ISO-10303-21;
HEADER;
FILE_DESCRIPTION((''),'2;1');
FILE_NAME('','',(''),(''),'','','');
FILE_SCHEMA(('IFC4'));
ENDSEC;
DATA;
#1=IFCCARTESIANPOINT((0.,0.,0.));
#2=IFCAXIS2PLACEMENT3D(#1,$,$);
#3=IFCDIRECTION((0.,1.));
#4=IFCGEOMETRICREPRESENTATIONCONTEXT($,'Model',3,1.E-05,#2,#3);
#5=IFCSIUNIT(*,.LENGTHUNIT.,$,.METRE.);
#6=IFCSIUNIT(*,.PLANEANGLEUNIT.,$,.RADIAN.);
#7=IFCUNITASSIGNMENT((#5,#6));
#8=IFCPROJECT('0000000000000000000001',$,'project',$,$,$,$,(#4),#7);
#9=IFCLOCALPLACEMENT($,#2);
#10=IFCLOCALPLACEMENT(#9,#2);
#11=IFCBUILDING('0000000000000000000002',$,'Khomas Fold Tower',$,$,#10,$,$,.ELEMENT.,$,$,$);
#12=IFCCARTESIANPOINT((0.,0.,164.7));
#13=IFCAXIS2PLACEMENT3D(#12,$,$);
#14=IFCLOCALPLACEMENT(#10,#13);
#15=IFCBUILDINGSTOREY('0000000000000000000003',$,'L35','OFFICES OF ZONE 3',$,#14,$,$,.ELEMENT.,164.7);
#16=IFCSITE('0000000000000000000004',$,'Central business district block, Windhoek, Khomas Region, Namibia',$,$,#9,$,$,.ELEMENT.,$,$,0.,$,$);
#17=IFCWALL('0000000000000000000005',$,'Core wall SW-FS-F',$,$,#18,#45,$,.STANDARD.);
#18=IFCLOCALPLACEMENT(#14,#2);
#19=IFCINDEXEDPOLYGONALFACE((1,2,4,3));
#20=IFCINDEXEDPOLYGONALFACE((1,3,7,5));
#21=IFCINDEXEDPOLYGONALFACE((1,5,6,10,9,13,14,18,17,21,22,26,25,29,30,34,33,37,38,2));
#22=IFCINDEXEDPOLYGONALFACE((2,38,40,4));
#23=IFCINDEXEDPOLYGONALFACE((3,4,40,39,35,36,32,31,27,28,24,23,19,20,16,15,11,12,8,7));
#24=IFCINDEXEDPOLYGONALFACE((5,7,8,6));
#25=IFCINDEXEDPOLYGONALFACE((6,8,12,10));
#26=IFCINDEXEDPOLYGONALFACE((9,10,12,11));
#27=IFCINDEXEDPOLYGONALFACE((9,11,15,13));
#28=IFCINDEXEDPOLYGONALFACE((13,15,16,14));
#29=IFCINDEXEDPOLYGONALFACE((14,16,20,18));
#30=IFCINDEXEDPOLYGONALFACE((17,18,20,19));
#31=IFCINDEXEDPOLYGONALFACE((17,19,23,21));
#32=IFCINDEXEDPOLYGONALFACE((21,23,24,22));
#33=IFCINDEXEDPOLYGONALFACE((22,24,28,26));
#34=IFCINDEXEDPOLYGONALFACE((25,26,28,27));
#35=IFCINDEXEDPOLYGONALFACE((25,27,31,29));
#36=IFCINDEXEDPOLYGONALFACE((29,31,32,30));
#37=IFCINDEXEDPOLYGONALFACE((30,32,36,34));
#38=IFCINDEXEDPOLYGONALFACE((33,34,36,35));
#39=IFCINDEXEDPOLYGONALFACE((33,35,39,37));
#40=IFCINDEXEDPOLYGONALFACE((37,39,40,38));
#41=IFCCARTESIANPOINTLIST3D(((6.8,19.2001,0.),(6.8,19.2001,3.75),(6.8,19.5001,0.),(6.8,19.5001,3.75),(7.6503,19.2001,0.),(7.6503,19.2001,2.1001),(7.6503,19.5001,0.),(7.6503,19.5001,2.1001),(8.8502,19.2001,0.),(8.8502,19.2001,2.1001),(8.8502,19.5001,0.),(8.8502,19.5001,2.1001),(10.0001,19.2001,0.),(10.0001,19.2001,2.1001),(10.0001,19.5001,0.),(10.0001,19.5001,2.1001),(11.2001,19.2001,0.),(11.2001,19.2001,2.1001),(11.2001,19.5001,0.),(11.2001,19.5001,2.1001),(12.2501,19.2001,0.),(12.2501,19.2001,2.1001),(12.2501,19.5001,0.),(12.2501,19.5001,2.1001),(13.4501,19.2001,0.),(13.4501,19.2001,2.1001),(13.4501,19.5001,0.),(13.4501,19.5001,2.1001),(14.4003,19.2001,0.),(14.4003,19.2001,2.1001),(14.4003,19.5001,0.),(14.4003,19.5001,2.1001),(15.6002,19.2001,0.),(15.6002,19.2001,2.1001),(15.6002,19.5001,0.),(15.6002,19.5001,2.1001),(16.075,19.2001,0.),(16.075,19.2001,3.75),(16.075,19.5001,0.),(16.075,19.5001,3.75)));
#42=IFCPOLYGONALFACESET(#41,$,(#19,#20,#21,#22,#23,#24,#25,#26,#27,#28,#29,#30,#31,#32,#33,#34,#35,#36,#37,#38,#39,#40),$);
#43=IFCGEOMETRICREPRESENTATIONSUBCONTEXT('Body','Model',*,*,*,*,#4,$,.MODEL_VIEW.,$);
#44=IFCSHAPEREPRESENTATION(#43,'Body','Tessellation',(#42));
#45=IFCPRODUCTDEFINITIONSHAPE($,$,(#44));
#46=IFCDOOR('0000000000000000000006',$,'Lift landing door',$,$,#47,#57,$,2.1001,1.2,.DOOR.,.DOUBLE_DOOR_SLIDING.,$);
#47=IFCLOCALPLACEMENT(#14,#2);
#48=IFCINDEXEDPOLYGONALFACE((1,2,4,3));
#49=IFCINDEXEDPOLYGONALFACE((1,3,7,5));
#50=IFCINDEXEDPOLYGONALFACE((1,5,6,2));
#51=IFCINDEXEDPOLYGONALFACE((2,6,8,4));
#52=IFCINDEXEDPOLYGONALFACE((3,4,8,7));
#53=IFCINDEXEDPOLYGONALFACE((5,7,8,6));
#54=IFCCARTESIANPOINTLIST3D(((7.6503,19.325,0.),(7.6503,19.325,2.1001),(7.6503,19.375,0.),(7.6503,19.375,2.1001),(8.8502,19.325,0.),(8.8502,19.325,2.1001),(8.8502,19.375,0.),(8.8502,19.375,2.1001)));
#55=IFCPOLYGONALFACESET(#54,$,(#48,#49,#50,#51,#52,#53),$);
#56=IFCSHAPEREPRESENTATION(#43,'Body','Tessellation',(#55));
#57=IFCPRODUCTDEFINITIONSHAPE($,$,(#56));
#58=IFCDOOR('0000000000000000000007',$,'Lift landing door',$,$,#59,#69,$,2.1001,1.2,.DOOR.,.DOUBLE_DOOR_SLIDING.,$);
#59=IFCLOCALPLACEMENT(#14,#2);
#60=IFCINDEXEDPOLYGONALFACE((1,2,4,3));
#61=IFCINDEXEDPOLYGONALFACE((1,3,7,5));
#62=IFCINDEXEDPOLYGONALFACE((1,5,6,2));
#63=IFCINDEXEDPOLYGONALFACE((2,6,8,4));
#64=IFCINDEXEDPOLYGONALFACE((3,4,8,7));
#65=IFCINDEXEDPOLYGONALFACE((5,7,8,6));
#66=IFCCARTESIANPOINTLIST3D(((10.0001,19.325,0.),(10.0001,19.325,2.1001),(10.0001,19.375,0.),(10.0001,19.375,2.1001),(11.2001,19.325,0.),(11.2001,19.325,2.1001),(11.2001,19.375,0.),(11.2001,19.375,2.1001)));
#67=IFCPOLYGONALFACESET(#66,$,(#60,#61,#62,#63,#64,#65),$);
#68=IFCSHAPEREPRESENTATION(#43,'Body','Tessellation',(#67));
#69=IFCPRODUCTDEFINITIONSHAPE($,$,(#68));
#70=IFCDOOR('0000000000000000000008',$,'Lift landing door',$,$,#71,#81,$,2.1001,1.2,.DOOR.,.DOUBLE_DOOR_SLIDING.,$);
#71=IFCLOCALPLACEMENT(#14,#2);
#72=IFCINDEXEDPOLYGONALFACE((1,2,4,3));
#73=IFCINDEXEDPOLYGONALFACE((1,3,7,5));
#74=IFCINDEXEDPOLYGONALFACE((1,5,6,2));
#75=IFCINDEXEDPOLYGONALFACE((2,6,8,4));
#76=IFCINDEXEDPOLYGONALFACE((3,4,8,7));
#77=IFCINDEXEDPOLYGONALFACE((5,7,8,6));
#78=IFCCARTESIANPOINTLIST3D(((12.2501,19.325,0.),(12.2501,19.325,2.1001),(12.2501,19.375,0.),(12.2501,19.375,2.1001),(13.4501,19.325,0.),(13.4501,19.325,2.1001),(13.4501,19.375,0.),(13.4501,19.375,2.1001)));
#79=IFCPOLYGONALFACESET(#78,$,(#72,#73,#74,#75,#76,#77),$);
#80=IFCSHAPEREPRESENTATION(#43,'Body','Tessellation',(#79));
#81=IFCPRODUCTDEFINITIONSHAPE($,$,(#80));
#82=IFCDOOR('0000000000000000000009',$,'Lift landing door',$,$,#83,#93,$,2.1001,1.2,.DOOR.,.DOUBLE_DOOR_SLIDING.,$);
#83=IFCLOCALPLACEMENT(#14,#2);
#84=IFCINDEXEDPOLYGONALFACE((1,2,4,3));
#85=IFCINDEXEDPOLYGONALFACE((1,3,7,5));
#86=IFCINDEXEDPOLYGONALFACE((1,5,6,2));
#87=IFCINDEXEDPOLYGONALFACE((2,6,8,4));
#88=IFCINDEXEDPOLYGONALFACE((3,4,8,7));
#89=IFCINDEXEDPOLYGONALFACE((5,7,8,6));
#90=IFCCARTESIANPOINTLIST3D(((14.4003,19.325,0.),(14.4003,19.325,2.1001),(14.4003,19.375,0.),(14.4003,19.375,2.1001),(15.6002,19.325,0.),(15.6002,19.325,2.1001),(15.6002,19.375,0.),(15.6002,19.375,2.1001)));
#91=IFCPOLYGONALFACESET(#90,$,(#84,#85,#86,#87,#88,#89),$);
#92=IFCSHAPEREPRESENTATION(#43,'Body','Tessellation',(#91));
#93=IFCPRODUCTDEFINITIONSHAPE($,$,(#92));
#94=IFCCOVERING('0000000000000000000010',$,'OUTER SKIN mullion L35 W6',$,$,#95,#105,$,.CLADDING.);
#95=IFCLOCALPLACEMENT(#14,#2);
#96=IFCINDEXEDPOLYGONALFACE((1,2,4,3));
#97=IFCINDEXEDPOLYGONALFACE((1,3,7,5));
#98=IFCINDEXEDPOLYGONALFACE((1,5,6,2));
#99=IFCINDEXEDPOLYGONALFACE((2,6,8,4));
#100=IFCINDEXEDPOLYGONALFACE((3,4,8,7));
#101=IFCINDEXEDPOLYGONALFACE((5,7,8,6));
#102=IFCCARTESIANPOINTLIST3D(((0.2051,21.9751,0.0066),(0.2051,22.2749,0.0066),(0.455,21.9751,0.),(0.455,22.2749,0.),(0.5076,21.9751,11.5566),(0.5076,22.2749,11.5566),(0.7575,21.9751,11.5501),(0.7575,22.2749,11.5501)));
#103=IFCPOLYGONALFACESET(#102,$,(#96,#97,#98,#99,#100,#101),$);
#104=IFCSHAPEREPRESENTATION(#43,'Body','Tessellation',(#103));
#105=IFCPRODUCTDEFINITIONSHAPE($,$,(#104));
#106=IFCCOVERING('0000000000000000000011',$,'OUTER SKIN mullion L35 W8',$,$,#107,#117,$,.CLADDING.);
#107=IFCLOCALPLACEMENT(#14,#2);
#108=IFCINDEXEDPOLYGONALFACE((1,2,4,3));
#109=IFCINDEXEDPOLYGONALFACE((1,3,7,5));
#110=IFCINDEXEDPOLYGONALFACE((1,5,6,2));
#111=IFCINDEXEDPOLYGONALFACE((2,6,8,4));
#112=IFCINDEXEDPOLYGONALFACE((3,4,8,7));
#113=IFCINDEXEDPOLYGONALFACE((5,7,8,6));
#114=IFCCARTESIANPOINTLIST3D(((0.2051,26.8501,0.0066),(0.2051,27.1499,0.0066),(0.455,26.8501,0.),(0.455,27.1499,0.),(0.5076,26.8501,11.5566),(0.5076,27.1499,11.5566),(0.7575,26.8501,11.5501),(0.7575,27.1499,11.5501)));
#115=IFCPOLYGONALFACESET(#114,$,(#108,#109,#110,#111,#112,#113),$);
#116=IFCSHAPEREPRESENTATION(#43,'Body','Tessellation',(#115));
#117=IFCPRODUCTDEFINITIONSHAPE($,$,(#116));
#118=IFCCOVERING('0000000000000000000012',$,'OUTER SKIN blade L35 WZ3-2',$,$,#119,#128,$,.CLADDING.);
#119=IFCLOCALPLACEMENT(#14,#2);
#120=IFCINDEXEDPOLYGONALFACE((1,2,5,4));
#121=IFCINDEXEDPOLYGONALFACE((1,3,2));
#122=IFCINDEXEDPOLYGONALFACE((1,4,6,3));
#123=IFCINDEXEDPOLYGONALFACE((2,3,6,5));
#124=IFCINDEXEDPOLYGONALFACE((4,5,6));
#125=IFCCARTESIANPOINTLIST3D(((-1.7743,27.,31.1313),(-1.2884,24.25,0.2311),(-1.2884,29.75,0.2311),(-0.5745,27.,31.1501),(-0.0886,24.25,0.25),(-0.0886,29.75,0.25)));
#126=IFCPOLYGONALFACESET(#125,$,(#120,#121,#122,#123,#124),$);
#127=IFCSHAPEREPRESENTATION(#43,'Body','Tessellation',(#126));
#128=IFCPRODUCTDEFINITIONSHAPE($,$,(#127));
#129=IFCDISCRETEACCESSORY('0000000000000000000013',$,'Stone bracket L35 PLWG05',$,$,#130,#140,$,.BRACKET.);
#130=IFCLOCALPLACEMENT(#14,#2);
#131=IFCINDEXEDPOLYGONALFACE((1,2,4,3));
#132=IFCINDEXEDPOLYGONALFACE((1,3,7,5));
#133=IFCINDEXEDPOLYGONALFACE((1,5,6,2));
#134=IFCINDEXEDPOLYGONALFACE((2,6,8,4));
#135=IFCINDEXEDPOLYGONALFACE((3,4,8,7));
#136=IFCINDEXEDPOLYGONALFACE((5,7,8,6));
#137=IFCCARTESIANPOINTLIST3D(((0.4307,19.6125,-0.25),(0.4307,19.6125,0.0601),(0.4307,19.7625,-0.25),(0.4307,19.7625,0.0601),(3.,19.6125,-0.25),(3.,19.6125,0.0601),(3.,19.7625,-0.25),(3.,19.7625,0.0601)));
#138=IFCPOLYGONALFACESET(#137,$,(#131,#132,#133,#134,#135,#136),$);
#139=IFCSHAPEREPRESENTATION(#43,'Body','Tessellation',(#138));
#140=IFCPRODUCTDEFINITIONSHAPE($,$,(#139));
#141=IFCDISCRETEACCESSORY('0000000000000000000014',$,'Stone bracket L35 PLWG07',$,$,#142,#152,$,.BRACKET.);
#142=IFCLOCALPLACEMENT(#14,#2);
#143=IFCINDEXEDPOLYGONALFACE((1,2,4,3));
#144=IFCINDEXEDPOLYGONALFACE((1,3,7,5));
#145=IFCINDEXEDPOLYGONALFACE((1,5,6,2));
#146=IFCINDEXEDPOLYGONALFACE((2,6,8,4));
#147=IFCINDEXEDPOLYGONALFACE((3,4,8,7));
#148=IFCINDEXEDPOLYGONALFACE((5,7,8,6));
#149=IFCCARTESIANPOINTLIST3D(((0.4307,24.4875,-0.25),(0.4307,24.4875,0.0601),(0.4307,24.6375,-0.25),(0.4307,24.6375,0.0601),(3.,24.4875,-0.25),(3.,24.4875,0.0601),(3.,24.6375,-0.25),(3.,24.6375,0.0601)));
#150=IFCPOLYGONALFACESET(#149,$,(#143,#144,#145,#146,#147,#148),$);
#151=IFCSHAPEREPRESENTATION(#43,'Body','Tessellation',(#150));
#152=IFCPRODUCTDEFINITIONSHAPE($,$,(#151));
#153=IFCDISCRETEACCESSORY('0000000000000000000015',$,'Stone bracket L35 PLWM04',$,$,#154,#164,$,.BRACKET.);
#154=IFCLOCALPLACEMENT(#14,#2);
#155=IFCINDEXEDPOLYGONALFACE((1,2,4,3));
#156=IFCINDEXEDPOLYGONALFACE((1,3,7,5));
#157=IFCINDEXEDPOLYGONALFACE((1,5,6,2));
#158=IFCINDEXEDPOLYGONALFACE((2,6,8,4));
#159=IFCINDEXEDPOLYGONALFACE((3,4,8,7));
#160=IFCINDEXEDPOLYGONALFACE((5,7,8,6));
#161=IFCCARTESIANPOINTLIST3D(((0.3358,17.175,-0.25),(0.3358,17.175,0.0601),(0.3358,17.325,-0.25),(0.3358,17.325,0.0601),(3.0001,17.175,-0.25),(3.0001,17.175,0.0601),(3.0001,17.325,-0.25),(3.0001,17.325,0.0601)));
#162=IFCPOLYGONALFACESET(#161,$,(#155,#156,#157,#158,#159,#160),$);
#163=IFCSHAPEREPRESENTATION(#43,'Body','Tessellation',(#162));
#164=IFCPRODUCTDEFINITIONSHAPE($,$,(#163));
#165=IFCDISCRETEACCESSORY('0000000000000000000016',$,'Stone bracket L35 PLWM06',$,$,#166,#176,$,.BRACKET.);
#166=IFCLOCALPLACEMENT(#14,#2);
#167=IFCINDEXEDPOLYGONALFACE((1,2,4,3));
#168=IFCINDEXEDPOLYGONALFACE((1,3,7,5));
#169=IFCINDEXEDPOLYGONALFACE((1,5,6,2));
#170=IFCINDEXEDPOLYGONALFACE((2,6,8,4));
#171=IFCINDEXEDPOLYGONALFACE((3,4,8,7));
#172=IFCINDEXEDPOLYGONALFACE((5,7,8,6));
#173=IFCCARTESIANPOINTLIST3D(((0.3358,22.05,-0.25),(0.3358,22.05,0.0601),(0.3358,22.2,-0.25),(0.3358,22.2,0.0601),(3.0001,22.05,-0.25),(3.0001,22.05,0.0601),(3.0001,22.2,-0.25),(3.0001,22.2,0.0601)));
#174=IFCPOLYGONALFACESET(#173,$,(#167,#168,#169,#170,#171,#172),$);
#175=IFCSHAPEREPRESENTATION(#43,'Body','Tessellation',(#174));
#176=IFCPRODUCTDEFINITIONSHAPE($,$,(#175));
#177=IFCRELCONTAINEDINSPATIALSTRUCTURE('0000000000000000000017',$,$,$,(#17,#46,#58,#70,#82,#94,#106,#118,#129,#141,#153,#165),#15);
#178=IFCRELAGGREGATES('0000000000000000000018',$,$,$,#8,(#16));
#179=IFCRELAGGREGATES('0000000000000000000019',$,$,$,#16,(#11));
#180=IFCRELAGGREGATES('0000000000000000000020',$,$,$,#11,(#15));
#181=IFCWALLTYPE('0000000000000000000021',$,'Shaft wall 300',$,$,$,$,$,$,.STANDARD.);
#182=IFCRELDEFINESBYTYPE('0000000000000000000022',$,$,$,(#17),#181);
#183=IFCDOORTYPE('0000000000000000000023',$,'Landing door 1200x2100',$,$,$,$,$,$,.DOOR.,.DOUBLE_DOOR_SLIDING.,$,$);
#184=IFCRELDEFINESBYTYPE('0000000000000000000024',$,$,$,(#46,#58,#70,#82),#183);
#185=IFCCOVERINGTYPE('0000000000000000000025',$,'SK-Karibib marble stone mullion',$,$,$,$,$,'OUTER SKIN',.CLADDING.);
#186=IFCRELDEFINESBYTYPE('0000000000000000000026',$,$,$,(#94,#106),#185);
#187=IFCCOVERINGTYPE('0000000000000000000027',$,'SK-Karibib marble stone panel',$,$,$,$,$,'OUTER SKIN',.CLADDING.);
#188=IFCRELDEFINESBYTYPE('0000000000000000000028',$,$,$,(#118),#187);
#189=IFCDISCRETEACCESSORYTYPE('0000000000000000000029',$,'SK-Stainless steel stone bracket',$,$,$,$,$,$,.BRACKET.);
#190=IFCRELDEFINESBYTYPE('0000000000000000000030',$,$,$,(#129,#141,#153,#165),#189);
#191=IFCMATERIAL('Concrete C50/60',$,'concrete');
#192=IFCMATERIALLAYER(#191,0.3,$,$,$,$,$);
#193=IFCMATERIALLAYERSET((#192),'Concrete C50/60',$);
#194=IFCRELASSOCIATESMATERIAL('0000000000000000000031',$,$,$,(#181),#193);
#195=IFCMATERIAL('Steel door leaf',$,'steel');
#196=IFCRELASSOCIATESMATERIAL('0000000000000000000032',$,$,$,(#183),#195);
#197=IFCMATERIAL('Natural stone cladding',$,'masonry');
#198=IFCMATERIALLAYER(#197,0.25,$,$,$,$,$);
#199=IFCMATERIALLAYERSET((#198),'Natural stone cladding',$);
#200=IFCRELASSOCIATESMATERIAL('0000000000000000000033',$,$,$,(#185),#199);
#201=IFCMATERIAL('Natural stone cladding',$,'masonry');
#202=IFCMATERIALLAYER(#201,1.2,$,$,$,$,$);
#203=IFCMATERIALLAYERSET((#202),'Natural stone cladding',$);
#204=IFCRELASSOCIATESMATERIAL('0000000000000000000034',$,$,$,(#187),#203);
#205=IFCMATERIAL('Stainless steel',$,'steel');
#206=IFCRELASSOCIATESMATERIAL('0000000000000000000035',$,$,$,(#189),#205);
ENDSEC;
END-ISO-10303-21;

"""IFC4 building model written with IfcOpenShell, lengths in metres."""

from ifc_helpers import new_model, si_unit, direction, frame, frame_2d, origin, origin_2d, place, context, subcontext, project, spatial, polyline, rectangle, outline, extrude, source, transform, mapped, material, layer, layer_set, type_object, element, fill, save


model = new_model("IFC4")

# Units and contexts
model_context = context("Model", 3, precision=1e-05, world=origin(), true_north=direction((0.0, 1.0)))
body_context = subcontext(model_context, "Body", "Model", "MODEL_VIEW")
ifc_project = project(units=[si_unit("LENGTHUNIT", "METRE"), si_unit("PLANEANGLEUNIT", "RADIAN")], contexts=[model_context])

# Site, building, storey
site_placement = place(None, origin())
site = spatial("IfcSite", under=ifc_project, at=site_placement, Name="Central business district block, Windhoek, Khomas Region, Namibia", CompositionType="ELEMENT", RefElevation=0.0)
building_placement = place(site_placement, origin())
building = spatial("IfcBuilding", under=site, at=building_placement, Name="Khomas Fold Tower", CompositionType="ELEMENT")
storey_placement = place(building_placement, frame((0.0, 0.0, 164.7)))
storey = spatial("IfcBuildingStorey", under=building, at=storey_placement, Name="L35", Description="OFFICES OF ZONE 3", CompositionType="ELEMENT", Elevation=164.7)

# Shared definitions
ifc_material_1 = material(Name="Concrete C50/60", Category="concrete")
ifc_layer_1 = layer(ifc_material_1, 0.3)
ifc_layer_set_1 = layer_set([ifc_layer_1], Name="Concrete C50/60")
wall_type = type_object("IfcWallType", Name="Shaft wall 300", PredefinedType="STANDARD", material=ifc_layer_set_1)

# Wall, openings, doors
shared_shape_1 = source(origin(), body_context, "Body", "SweptSolid", [
    extrude(rectangle(XDim=9.2749, YDim=0.3, at=frame_2d((4.6375, 0.0))), origin(), (0.0, 0.0, 1.0), 3.75),
])
wall_1_placement = place(storey_placement, frame((6.8, 19.3501, 0.0), z_axis=(0.0, 0.0, 1.0), x_axis=(1.0, 0.0, 0.0)))
wall_1 = element("IfcWall", 1, at=wall_1_placement, inside=storey, type_object=wall_type, Name="Core wall SW-FS-F", PredefinedType="STANDARD", context=body_context, shape_type="MappedRepresentation", body=[
    mapped(shared_shape_1, transform((0.0, 0.0, 0.0))),
])
shared_shape_2 = source(origin(), body_context, "Body", "SweptSolid", [
    extrude(rectangle(XDim=1.2, YDim=2.1001, at=frame_2d((0.6001, 1.05))), frame((0.0, 0.1599, 0.0), z_axis=(0.0, -1.0, 0.0), x_axis=(1.0, 0.0, 0.0)), (0.0, 0.0, 1.0), 0.3201),
])
opening_1_placement = place(wall_1_placement, frame((0.8501, 0.0, 0.0)))
opening_1 = element("IfcOpeningElement", 2, at=opening_1_placement, cuts=wall_1, PredefinedType="OPENING", context=body_context, shape_type="MappedRepresentation", body=[
    mapped(shared_shape_2, transform((0.0, 0.0, 0.0))),
])
opening_2_placement = place(wall_1_placement, frame((3.2, 0.0, 0.0)))
opening_2 = element("IfcOpeningElement", 3, at=opening_2_placement, cuts=wall_1, PredefinedType="OPENING", context=body_context, shape_type="MappedRepresentation", body=[
    mapped(shared_shape_2, transform((0.0, 0.0, 0.0))),
])
opening_3_placement = place(wall_1_placement, frame((5.45, 0.0, 0.0)))
opening_3 = element("IfcOpeningElement", 4, at=opening_3_placement, cuts=wall_1, PredefinedType="OPENING", context=body_context, shape_type="MappedRepresentation", body=[
    mapped(shared_shape_2, transform((0.0, 0.0, 0.0))),
])
opening_4_placement = place(wall_1_placement, frame((7.6001, 0.0, 0.0)))
opening_4 = element("IfcOpeningElement", 5, at=opening_4_placement, cuts=wall_1, PredefinedType="OPENING", context=body_context, shape_type="MappedRepresentation", body=[
    mapped(shared_shape_2, transform((0.0, 0.0, 0.0))),
])
ifc_material_2 = material(Name="Steel door leaf", Category="steel")
door_type = type_object("IfcDoorType", Name="Landing door 1200x2100", OperationType="DOUBLE_DOOR_SLIDING", PredefinedType="DOOR", material=ifc_material_2)
shared_shape_3 = source(origin(), body_context, "Body", "SweptSolid", [
    extrude(rectangle(XDim=1.2, YDim=2.1001, at=frame_2d((0.6001, 1.05))), frame((0.0, 0.0249, 0.0), z_axis=(0.0, -1.0, 0.0), x_axis=(1.0, 0.0, 0.0)), (0.0, 0.0, 1.0), 0.05),
])
door_1_placement = place(opening_1_placement, origin())
door_1 = element("IfcDoor", 6, at=door_1_placement, inside=storey, type_object=door_type, Name="Lift landing door", OperationType="DOUBLE_DOOR_SLIDING", OverallHeight=2.1001, OverallWidth=1.2, PredefinedType="DOOR", context=body_context, shape_type="MappedRepresentation", body=[
    mapped(shared_shape_3, transform((0.0, 0.0, 0.0))),
])
fill(opening_1, door_1)
door_2_placement = place(opening_2_placement, origin())
door_2 = element("IfcDoor", 7, at=door_2_placement, inside=storey, type_object=door_type, Name="Lift landing door", OperationType="DOUBLE_DOOR_SLIDING", OverallHeight=2.1001, OverallWidth=1.2, PredefinedType="DOOR", context=body_context, shape_type="MappedRepresentation", body=[
    mapped(shared_shape_3, transform((0.0, 0.0, 0.0))),
])
fill(opening_2, door_2)
door_3_placement = place(opening_3_placement, origin())
door_3 = element("IfcDoor", 8, at=door_3_placement, inside=storey, type_object=door_type, Name="Lift landing door", OperationType="DOUBLE_DOOR_SLIDING", OverallHeight=2.1001, OverallWidth=1.2, PredefinedType="DOOR", context=body_context, shape_type="MappedRepresentation", body=[
    mapped(shared_shape_3, transform((0.0, 0.0, 0.0))),
])
fill(opening_3, door_3)
door_4_placement = place(opening_4_placement, origin())
door_4 = element("IfcDoor", 9, at=door_4_placement, inside=storey, type_object=door_type, Name="Lift landing door", OperationType="DOUBLE_DOOR_SLIDING", OverallHeight=2.1001, OverallWidth=1.2, PredefinedType="DOOR", context=body_context, shape_type="MappedRepresentation", body=[
    mapped(shared_shape_3, transform((0.0, 0.0, 0.0))),
])
fill(opening_4, door_4)

# Coverings
ifc_material_3 = material(Name="Natural stone cladding", Category="masonry")
ifc_layer_2 = layer(ifc_material_3, 0.25)
ifc_layer_set_2 = layer_set([ifc_layer_2], Name="Natural stone cladding")
covering_type_1 = type_object("IfcCoveringType", Name="SK-Karibib marble stone mullion", ElementType="OUTER SKIN", PredefinedType="CLADDING", material=ifc_layer_set_2)
for number, where, z_axis, x_axis, name in (
    (10, (0.2051, 21.9751, 0.0066), (-0.999657, 0.0, 0.026181), (0.0, 1.0, 0.0), "OUTER SKIN mullion L35 W6"),
    (11, (0.2051, 26.8501, 0.0066), (-0.999657, 0.0, 0.026181), (0.0, 1.0, 0.0), "OUTER SKIN mullion L35 W8"),
):
    element("IfcCovering", number, at=place(storey_placement, frame(where, z_axis=z_axis, x_axis=x_axis)), inside=storey, type_object=covering_type_1, Name=name, PredefinedType="CLADDING", context=body_context, shape_type="SweptSolid", body=[
        extrude(outline(polyline([(0.0, 0.0), (0.2998, 0.0), (0.2998, -11.554), (0.0, -11.554), (0.0, 0.0)])), origin(), (0.0, 0.0, -1.0), 0.25),
    ])
ifc_material_4 = material(Name="Natural stone cladding", Category="masonry")
ifc_layer_3 = layer(ifc_material_4, 1.2)
ifc_layer_set_3 = layer_set([ifc_layer_3], Name="Natural stone cladding")
covering_type_2 = type_object("IfcCoveringType", Name="SK-Karibib marble stone panel", ElementType="OUTER SKIN", PredefinedType="CLADDING", material=ifc_layer_set_3)
covering_placement = place(storey_placement, frame((-0.0886, 24.25, 0.25), z_axis=(0.999876, 0.0, 0.015721), x_axis=(0.0, 1.0, 0.0)))
element("IfcCovering", 12, at=covering_placement, inside=storey, type_object=covering_type_2, Name="OUTER SKIN blade L35 WZ3-2", PredefinedType="CLADDING", context=body_context, shape_type="SweptSolid", body=[
    extrude(outline(polyline([(0.0, 0.0), (5.5, 0.0), (2.75, 30.904), (0.0, 0.0)])), origin(), (0.0, 0.0, -1.0), 1.2),
])

# Discrete accessories
ifc_material_5 = material(Name="Stainless steel", Category="steel")
discrete_accessory_type = type_object("IfcDiscreteAccessoryType", Name="SK-Stainless steel stone bracket", PredefinedType="BRACKET", material=ifc_material_5)
shared_shape_4 = source(origin(), body_context, "Body", "SweptSolid", [
    extrude(rectangle(XDim=2.5693, YDim=0.1499, at=origin_2d()), origin(), (0.0, 0.0, 1.0), 0.3101),
])
for number, where, z_axis, x_axis, name in (
    (13, (1.7153, 19.6875, -0.25), (0.0, 0.0, 1.0), (-1.0, 0.0, 0.0), "Stone bracket L35 PLWG05"),
    (14, (1.7153, 24.5625, -0.25), (0.0, 0.0, 1.0), (-1.0, 0.0, 0.0), "Stone bracket L35 PLWG07"),
):
    element("IfcDiscreteAccessory", number, at=place(storey_placement, frame(where, z_axis=z_axis, x_axis=x_axis)), inside=storey, type_object=discrete_accessory_type, Name=name, PredefinedType="BRACKET", context=body_context, shape_type="MappedRepresentation", body=[
        mapped(shared_shape_4, transform((0.0, 0.0, 0.0))),
    ])
shared_shape_5 = source(origin(), body_context, "Body", "SweptSolid", [
    extrude(rectangle(XDim=2.6643, YDim=0.1499, at=origin_2d()), origin(), (0.0, 0.0, 1.0), 0.3101),
])
for number, where, z_axis, x_axis, name in (
    (15, (1.668, 17.25, -0.25), (0.0, 0.0, 1.0), (-1.0, 0.0, 0.0), "Stone bracket L35 PLWM04"),
    (16, (1.668, 22.125, -0.25), (0.0, 0.0, 1.0), (-1.0, 0.0, 0.0), "Stone bracket L35 PLWM06"),
):
    element("IfcDiscreteAccessory", number, at=place(storey_placement, frame(where, z_axis=z_axis, x_axis=x_axis)), inside=storey, type_object=discrete_accessory_type, Name=name, PredefinedType="BRACKET", context=body_context, shape_type="MappedRepresentation", body=[
        mapped(shared_shape_5, transform((0.0, 0.0, 0.0))),
    ])

save(model, "model.ifc")
